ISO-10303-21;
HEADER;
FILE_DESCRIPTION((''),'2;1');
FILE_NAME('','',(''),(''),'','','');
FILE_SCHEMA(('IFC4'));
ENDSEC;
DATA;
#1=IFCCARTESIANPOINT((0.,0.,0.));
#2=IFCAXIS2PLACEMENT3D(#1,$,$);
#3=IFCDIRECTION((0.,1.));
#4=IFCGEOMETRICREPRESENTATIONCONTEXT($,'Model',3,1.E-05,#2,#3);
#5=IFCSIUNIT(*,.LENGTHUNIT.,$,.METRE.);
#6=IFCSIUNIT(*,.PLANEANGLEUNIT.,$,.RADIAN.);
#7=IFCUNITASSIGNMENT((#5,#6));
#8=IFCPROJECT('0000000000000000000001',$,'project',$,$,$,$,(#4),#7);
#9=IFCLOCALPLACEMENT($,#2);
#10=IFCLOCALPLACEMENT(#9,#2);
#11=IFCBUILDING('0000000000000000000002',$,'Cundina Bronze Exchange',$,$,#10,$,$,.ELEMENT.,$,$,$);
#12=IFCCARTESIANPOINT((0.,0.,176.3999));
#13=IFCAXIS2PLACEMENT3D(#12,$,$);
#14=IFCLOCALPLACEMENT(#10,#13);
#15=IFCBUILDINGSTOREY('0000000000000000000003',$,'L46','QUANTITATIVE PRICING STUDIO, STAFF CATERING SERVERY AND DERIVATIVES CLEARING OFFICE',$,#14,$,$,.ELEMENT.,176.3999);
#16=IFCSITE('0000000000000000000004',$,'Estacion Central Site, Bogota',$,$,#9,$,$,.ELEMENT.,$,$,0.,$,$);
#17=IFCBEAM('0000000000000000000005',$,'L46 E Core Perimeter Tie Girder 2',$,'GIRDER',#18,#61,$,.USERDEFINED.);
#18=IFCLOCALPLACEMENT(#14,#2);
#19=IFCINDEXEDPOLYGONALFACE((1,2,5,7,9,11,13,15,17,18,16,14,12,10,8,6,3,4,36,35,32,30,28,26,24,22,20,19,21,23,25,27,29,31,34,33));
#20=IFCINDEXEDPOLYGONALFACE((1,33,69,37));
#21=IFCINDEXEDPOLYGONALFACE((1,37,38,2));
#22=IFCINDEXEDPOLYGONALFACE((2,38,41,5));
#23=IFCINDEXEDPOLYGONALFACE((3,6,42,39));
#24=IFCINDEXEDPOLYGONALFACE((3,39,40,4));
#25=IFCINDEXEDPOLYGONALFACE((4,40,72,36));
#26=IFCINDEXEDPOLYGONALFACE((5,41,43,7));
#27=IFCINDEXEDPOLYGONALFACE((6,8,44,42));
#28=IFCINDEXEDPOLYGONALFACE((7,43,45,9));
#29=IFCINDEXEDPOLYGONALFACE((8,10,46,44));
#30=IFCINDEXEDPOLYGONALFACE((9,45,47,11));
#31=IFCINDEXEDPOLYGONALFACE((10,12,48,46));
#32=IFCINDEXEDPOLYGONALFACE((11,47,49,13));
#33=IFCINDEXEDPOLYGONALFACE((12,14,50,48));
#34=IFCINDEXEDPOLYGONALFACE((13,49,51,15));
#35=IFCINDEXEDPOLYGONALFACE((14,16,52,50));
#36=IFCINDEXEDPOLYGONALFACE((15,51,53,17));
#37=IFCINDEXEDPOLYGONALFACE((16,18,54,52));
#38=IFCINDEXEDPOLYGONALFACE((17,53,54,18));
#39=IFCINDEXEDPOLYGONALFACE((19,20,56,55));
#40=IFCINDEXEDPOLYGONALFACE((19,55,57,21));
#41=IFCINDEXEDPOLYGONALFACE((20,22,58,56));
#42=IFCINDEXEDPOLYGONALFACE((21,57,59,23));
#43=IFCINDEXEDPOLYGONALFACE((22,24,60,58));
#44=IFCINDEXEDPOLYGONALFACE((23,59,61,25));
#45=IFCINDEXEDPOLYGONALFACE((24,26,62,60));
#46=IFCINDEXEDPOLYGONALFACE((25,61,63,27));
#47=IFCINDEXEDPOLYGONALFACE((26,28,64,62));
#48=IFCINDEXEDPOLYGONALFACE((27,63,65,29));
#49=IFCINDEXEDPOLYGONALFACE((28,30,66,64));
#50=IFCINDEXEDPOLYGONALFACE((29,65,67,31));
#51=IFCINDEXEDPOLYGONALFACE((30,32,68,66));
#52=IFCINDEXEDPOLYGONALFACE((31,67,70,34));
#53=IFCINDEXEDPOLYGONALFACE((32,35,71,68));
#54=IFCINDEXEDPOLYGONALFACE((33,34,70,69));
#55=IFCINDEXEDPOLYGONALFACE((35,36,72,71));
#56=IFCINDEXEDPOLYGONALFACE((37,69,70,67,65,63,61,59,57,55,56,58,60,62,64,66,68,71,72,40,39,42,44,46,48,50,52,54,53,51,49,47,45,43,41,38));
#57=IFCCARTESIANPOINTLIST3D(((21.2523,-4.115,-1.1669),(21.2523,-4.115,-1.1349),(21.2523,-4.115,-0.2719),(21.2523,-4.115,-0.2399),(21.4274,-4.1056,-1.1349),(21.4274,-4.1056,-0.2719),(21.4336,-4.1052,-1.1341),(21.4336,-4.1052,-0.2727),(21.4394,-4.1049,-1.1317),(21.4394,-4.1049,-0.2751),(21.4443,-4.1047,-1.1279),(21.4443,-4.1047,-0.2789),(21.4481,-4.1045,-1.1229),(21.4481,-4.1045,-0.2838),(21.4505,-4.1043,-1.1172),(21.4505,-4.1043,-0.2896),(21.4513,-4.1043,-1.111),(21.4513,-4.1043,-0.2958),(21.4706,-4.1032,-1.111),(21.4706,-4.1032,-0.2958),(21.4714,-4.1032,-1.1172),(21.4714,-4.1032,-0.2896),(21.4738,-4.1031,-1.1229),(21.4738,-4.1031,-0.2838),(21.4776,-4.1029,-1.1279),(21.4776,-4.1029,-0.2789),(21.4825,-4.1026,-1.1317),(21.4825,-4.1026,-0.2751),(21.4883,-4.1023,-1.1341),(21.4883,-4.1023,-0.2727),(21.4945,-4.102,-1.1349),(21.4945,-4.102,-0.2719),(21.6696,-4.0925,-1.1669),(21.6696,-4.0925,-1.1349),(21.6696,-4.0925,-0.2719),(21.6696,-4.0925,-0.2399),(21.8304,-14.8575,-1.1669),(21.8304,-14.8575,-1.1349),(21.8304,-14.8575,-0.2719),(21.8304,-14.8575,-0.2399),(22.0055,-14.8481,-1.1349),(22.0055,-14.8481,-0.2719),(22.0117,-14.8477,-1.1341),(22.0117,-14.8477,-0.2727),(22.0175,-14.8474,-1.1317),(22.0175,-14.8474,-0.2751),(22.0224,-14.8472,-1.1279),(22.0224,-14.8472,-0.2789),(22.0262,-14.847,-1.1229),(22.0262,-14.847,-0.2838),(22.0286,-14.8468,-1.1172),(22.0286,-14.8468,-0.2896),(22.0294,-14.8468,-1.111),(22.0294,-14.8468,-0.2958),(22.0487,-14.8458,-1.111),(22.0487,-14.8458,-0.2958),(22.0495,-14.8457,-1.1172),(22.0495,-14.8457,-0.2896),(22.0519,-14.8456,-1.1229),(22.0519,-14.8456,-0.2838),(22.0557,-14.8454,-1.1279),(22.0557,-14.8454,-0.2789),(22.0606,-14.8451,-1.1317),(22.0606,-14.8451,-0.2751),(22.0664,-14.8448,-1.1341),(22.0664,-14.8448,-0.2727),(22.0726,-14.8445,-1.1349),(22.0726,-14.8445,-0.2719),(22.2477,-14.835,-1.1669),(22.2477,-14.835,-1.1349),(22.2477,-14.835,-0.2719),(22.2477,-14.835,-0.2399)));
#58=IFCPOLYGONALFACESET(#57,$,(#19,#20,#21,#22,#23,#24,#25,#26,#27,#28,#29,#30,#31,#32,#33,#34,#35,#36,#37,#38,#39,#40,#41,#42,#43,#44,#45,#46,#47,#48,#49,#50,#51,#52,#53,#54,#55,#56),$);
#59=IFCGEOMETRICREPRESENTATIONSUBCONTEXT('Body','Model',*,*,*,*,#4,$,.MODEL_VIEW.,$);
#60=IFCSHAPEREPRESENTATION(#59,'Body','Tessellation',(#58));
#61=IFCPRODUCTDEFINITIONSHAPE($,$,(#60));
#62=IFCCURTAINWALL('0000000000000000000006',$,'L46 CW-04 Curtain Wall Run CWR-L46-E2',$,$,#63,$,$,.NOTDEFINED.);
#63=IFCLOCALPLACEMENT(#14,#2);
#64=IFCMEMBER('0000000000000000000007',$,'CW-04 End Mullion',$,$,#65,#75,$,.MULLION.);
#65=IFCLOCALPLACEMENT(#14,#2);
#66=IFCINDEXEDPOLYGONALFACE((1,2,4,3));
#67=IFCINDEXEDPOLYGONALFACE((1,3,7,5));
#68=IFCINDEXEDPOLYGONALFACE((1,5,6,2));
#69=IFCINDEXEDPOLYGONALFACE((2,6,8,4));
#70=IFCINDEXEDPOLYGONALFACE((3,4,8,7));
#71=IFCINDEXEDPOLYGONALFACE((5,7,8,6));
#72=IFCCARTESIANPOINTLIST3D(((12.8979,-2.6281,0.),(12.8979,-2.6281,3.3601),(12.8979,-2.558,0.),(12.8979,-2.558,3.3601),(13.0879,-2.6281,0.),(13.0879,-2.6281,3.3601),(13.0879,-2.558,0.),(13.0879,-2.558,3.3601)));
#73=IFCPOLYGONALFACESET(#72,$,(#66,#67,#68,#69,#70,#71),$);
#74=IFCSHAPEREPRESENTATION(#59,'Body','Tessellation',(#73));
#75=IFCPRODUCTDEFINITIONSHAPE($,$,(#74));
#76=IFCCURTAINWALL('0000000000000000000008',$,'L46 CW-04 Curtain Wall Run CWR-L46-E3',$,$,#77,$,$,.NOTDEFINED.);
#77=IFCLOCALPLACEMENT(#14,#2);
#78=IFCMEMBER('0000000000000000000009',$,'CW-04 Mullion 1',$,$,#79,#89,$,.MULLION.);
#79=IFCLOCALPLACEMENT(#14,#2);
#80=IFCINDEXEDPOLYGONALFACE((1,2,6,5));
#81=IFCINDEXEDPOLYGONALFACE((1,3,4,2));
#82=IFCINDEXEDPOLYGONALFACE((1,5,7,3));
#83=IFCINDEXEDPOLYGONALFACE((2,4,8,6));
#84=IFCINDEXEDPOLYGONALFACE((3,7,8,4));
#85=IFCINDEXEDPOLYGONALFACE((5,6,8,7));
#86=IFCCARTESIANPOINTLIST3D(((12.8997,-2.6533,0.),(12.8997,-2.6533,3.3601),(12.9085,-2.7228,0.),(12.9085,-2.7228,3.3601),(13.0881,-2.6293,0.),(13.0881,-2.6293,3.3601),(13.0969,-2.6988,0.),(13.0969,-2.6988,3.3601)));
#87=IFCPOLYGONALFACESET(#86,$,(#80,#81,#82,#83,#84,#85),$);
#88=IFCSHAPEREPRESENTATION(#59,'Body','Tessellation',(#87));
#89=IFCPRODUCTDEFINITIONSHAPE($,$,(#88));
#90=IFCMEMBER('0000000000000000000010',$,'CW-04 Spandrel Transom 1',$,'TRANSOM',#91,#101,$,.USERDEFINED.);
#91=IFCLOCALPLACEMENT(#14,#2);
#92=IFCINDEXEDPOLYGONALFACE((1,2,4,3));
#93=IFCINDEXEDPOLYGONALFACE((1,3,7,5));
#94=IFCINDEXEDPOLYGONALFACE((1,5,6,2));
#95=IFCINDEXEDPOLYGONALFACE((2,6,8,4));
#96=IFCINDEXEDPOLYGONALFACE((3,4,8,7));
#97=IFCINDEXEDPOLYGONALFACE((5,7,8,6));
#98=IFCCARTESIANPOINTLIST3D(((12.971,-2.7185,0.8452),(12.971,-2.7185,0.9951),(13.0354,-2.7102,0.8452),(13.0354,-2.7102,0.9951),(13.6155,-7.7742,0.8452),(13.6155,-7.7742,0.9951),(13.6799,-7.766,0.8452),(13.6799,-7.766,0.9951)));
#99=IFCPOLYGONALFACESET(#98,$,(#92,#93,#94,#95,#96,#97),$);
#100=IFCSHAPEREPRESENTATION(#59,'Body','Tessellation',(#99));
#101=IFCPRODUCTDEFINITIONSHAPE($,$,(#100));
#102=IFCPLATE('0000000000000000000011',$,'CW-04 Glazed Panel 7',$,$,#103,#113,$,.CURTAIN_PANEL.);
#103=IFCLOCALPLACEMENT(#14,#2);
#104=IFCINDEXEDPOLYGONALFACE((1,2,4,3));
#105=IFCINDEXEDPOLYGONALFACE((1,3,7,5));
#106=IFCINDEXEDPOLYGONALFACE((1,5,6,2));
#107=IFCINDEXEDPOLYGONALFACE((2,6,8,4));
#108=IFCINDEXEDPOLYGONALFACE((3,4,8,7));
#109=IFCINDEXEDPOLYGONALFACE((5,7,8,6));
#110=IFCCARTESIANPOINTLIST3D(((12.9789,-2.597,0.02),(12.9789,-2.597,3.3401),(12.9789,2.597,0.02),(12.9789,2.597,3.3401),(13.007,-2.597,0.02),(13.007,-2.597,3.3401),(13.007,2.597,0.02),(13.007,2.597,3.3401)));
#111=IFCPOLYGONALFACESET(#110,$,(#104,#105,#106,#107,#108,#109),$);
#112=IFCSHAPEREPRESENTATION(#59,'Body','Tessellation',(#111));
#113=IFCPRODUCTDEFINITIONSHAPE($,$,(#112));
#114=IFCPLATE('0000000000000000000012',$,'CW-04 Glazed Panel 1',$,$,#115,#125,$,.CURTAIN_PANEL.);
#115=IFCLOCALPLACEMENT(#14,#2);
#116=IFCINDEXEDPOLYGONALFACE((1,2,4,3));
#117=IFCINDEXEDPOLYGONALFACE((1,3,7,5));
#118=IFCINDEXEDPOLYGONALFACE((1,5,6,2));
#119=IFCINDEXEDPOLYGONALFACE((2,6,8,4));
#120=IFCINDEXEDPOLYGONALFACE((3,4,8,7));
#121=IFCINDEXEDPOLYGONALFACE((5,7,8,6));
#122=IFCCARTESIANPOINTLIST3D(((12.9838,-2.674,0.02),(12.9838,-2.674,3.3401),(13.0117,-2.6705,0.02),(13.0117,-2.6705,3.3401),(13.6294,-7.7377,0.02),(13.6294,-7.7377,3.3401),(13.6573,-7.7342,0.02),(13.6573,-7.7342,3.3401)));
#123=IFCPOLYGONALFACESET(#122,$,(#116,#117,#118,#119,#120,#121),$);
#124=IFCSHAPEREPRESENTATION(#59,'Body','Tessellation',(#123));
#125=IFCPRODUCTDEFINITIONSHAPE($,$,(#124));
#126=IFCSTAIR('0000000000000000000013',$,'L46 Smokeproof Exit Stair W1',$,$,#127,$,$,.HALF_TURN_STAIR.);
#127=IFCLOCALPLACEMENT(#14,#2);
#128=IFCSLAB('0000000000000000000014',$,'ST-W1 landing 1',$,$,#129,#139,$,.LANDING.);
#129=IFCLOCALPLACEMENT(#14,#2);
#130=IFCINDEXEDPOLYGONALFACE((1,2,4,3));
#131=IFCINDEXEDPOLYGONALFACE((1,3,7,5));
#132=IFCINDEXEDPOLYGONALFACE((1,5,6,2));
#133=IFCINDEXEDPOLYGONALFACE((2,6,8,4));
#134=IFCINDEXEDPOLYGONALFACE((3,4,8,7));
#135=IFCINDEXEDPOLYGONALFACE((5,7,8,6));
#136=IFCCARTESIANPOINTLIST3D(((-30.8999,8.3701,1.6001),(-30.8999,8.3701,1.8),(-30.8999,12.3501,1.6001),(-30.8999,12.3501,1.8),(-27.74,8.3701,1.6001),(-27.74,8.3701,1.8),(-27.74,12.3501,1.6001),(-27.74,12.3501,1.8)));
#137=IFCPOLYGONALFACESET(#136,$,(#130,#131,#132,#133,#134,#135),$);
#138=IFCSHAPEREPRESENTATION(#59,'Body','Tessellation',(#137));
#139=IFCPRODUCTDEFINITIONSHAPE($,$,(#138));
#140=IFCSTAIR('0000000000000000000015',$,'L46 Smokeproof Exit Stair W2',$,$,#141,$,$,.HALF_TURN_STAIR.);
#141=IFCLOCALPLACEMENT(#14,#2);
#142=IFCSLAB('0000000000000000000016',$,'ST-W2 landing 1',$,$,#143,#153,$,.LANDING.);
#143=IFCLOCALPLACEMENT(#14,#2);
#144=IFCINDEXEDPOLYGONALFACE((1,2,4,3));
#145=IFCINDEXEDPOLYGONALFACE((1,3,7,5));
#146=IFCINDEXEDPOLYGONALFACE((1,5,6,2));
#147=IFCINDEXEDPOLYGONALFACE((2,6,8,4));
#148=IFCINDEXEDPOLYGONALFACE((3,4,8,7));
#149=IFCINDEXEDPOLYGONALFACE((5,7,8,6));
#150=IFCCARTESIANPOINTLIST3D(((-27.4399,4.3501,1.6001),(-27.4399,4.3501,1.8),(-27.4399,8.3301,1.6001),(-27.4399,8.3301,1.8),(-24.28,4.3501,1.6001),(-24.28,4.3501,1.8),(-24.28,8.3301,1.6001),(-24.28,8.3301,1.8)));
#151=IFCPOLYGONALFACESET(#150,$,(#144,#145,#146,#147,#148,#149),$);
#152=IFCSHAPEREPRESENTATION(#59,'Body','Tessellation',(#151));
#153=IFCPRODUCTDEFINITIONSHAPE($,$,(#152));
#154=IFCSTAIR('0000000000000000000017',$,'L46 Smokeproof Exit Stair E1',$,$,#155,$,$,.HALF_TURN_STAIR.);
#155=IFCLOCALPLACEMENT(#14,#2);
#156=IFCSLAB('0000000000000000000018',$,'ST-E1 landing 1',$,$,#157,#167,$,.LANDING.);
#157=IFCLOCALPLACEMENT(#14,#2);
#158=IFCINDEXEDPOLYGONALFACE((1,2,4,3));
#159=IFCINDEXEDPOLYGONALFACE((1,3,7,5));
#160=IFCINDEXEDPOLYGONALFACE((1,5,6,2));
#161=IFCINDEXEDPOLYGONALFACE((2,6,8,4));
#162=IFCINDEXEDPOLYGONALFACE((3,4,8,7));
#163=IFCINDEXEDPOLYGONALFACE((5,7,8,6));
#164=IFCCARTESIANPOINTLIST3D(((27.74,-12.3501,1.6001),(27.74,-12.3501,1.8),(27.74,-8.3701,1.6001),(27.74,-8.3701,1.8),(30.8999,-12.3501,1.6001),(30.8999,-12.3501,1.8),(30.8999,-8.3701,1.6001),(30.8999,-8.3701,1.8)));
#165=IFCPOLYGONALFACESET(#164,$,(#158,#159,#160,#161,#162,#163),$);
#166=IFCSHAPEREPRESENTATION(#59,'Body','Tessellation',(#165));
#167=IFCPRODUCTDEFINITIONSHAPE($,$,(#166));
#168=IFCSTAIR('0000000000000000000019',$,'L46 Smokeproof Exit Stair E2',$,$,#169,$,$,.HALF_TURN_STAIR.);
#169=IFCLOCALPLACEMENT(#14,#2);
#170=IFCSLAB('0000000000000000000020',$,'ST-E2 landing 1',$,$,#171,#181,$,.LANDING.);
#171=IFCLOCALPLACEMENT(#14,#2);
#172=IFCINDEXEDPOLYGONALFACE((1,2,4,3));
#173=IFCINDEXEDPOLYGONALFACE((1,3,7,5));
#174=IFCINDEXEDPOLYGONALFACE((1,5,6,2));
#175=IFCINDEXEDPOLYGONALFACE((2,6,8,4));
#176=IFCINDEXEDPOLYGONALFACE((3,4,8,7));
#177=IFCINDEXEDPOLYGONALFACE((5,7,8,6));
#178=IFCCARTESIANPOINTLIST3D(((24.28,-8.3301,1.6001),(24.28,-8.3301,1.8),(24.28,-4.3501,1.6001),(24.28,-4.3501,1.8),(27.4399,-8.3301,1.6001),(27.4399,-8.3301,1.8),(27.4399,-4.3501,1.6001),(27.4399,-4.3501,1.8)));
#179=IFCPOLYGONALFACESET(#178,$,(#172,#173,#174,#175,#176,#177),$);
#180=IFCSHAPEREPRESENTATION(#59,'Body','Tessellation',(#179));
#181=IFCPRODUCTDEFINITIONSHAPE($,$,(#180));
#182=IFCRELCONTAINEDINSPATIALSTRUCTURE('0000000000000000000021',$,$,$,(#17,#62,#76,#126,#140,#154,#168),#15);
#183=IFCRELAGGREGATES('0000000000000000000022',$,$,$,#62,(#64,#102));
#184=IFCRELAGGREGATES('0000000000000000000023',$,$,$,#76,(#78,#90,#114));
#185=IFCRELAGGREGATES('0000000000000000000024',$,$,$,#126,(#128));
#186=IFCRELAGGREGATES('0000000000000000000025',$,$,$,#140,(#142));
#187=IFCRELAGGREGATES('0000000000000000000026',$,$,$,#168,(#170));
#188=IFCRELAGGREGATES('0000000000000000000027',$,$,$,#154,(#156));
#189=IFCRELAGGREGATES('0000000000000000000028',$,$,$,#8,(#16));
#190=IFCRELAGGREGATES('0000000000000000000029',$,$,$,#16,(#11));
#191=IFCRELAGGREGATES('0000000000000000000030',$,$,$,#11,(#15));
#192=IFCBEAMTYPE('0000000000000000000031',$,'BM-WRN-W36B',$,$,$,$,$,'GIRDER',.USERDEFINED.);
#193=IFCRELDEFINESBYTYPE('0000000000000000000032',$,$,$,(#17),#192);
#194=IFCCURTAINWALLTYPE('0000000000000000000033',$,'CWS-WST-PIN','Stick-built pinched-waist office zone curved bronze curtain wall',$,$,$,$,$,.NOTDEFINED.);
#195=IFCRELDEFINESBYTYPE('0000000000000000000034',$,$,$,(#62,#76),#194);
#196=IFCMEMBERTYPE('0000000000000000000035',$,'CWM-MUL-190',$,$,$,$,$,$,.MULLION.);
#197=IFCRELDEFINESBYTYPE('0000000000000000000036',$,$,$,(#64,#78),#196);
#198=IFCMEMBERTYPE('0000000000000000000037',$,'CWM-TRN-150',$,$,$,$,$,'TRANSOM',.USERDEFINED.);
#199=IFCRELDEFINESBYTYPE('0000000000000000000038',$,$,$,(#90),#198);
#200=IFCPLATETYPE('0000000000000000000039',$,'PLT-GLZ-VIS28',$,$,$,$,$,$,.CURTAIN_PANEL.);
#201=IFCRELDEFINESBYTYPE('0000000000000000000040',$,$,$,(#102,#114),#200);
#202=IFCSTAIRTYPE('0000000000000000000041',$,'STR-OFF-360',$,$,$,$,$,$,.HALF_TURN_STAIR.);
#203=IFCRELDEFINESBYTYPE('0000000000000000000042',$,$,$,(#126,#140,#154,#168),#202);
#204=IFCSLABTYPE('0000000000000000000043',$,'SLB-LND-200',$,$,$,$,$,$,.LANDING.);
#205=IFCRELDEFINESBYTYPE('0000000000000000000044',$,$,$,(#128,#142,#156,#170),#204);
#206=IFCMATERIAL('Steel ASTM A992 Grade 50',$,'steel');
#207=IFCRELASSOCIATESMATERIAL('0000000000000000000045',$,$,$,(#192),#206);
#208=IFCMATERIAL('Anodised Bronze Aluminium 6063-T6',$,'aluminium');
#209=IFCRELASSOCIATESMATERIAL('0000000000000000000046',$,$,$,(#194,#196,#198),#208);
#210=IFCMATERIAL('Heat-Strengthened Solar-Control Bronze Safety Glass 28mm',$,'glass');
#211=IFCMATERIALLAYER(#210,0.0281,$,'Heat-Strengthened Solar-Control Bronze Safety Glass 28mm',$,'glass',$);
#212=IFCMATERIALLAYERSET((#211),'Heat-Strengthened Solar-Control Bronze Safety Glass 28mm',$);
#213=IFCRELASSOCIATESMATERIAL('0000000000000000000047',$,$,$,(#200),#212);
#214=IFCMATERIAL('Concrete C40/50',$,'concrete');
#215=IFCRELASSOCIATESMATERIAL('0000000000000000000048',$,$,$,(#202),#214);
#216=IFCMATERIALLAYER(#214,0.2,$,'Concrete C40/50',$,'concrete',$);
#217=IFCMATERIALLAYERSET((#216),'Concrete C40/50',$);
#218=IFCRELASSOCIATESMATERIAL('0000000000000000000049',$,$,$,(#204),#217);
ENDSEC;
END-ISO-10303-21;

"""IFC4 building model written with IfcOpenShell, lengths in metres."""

from ifc_helpers import new_model, si_unit, direction, frame, origin, origin_2d, place, context, subcontext, project, spatial, polyline, rectangle, i_section, outline, extrude, material, layer, layer_set, material_profile, profile_set, type_object, element, aggregate, save


model = new_model("IFC4")

# Units and contexts
model_context = context("Model", 3, precision=1e-05, world=origin(), true_north=direction((0.0, 1.0)))
body_context = subcontext(model_context, "Body", "Model", "MODEL_VIEW")
ifc_project = project(units=[si_unit("LENGTHUNIT", "METRE"), si_unit("PLANEANGLEUNIT", "RADIAN")], contexts=[model_context])

# Site, building, storey
site_placement = place(None, origin())
site = spatial("IfcSite", under=ifc_project, at=site_placement, Name="Estacion Central Site, Bogota", CompositionType="ELEMENT", RefElevation=0.0)
building_placement = place(site_placement, origin())
building = spatial("IfcBuilding", under=site, at=building_placement, Name="Cundina Bronze Exchange", CompositionType="ELEMENT")
storey_placement = place(building_placement, frame((0.0, 0.0, 176.3999)))
storey = spatial("IfcBuildingStorey", under=building, at=storey_placement, Name="L46", Description="QUANTITATIVE PRICING STUDIO, STAFF CATERING SERVERY AND DERIVATIVES CLEARING OFFICE", CompositionType="ELEMENT", Elevation=176.3999)

# Shared definitions
ifc_material_1 = material(Name="Steel ASTM A992 Grade 50", Category="steel")

# Beam
ifc_material_profile_1 = material_profile(ifc_material_1, i_section(OverallWidth=0.418, OverallDepth=0.927, WebThickness=0.0193, FlangeThickness=0.032, FilletRadius=0.0239, at=origin_2d()), Name="W36X231", Category="steel")
ifc_profile_set_1 = profile_set([ifc_material_profile_1], Name="Steel ASTM A992 Grade 50")
beam_type_1 = type_object("IfcBeamType", Name="BM-WRN-W36B", ElementType="GIRDER", PredefinedType="USERDEFINED", material=ifc_profile_set_1)
beam_1_placement = place(storey_placement, frame((21.4609, -4.1038, -0.7034), z_axis=(0.053739, -0.998555, 0.0), x_axis=(0.998555, 0.053739, 0.0)))
element("IfcBeam", 1, at=beam_1_placement, inside=storey, type_object=beam_type_1, Name="L46 E Core Perimeter Tie Girder 2", ObjectType="GIRDER", PredefinedType="USERDEFINED", context=body_context, shape_type="SweptSolid", body=[
    extrude(i_section(OverallWidth=0.418, OverallDepth=0.927, WebThickness=0.0193, FlangeThickness=0.032, FilletRadius=0.0239, at=origin_2d()), origin(), (0.0, 0.0, 1.0), 10.7581),
])

# Curtain wall, member
ifc_material_2 = material(Name="Anodised Bronze Aluminium 6063-T6", Category="aluminium")
curtain_wall_type = type_object("IfcCurtainWallType", Name="CWS-WST-PIN", Description="Stick-built pinched-waist office zone curved bronze curtain wall", PredefinedType="NOTDEFINED", material=ifc_material_2)
curtain_wall_1_placement = place(storey_placement, origin())
curtain_wall_1 = element("IfcCurtainWall", 2, at=curtain_wall_1_placement, inside=storey, type_object=curtain_wall_type, Name="L46 CW-04 Curtain Wall Run CWR-L46-E2", PredefinedType="NOTDEFINED")
ifc_material_profile_2 = material_profile(ifc_material_2, rectangle(XDim=0.0701, YDim=0.1899, at=origin_2d()), Name="AL70X190", Category="aluminium")
ifc_profile_set_2 = profile_set([ifc_material_profile_2], Name="Anodised Bronze Aluminium 6063-T6")
member_type_1 = type_object("IfcMemberType", Name="CWM-MUL-190", PredefinedType="MULLION", material=ifc_profile_set_2)
member_1_placement = place(storey_placement, frame((12.9929, -2.593, 0.0), z_axis=(0.0, 0.0, 1.0), x_axis=(0.0, -1.0, 0.0)))
member_1 = element("IfcMember", 3, at=member_1_placement, type_object=member_type_1, Name="CW-04 End Mullion", PredefinedType="MULLION", context=body_context, shape_type="SweptSolid", body=[
    extrude(rectangle(XDim=0.0701, YDim=0.1899, at=origin_2d()), origin(), (0.0, 0.0, 1.0), 3.3601),
])

# Curtain wall, members
curtain_wall_2_placement = place(storey_placement, origin())
curtain_wall_2 = element("IfcCurtainWall", 4, at=curtain_wall_2_placement, inside=storey, type_object=curtain_wall_type, Name="L46 CW-04 Curtain Wall Run CWR-L46-E3", PredefinedType="NOTDEFINED")
member_2_placement = place(storey_placement, frame((12.9983, -2.676, 0.0), z_axis=(0.0, 0.0, 1.0), x_axis=(0.126545, -0.991961, 0.0)))
member_2 = element("IfcMember", 5, at=member_2_placement, type_object=member_type_1, Name="CW-04 Mullion 1", PredefinedType="MULLION", context=body_context, shape_type="SweptSolid", body=[
    extrude(rectangle(XDim=0.0701, YDim=0.1899, at=origin_2d()), origin(), (0.0, 0.0, 1.0), 3.3601),
])
ifc_material_profile_3 = material_profile(ifc_material_2, rectangle(XDim=0.0649, YDim=0.1499, at=origin_2d()), Name="AL65X150", Category="aluminium")
ifc_profile_set_3 = profile_set([ifc_material_profile_3], Name="Anodised Bronze Aluminium 6063-T6")
member_type_2 = type_object("IfcMemberType", Name="CWM-TRN-150", ElementType="TRANSOM", PredefinedType="USERDEFINED", material=ifc_profile_set_3)
member_3_placement = place(storey_placement, frame((13.0032, -2.7144, 0.9202), z_axis=(0.126463, -0.991971, 0.0), x_axis=(0.991971, 0.126463, 0.0)))
member_3 = element("IfcMember", 6, at=member_3_placement, type_object=member_type_2, Name="CW-04 Spandrel Transom 1", ObjectType="TRANSOM", PredefinedType="USERDEFINED", context=body_context, shape_type="SweptSolid", body=[
    extrude(rectangle(XDim=0.0649, YDim=0.1499, at=origin_2d()), origin(), (0.0, 0.0, 1.0), 5.0967),
])

# Plates
ifc_material_3 = material(Name="Heat-Strengthened Solar-Control Bronze Safety Glass 28mm", Category="glass")
ifc_layer_1 = layer(ifc_material_3, 0.0281, Name="Heat-Strengthened Solar-Control Bronze Safety Glass 28mm", Category="glass")
ifc_layer_set_1 = layer_set([ifc_layer_1], Name="Heat-Strengthened Solar-Control Bronze Safety Glass 28mm")
plate_type = type_object("IfcPlateType", Name="PLT-GLZ-VIS28", PredefinedType="CURTAIN_PANEL", material=ifc_layer_set_1)
plate_1_placement = place(storey_placement, frame((12.9929, 0.0, 0.02), z_axis=(0.0, 0.0, 1.0), x_axis=(0.0, -1.0, 0.0)))
plate_1 = element("IfcPlate", 7, at=plate_1_placement, type_object=plate_type, Name="CW-04 Glazed Panel 7", PredefinedType="CURTAIN_PANEL", context=body_context, shape_type="SweptSolid", body=[
    extrude(rectangle(XDim=5.1941, YDim=0.0281, at=origin_2d()), origin(), (0.0, 0.0, 1.0), 3.3201),
])
aggregate(curtain_wall_1, [member_1, plate_1])
plate_2_placement = place(storey_placement, frame((13.3206, -5.2041, 0.02), z_axis=(0.0, 0.0, 1.0), x_axis=(0.126476, -0.99197, 0.0)))
plate_2 = element("IfcPlate", 8, at=plate_2_placement, type_object=plate_type, Name="CW-04 Glazed Panel 1", PredefinedType="CURTAIN_PANEL", context=body_context, shape_type="SweptSolid", body=[
    extrude(rectangle(XDim=5.1047, YDim=0.0281, at=origin_2d()), origin(), (0.0, 0.0, 1.0), 3.3201),
])
aggregate(curtain_wall_2, [member_2, member_3, plate_2])

# Stairs, slabs
ifc_material_4 = material(Name="Concrete C40/50", Category="concrete")
stair_type = type_object("IfcStairType", Name="STR-OFF-360", PredefinedType="HALF_TURN_STAIR", material=ifc_material_4)
stair_1_placement = place(storey_placement, origin())
stair_1 = element("IfcStair", 9, at=stair_1_placement, inside=storey, type_object=stair_type, Name="L46 Smokeproof Exit Stair W1", PredefinedType="HALF_TURN_STAIR")
ifc_layer_2 = layer(ifc_material_4, 0.2, Name="Concrete C40/50", Category="concrete")
ifc_layer_set_2 = layer_set([ifc_layer_2], Name="Concrete C40/50")
slab_type = type_object("IfcSlabType", Name="SLB-LND-200", PredefinedType="LANDING", material=ifc_layer_set_2)
slab_1_placement = place(storey_placement, frame((0.0, 0.0, 1.6001)))
slab_1 = element("IfcSlab", 10, at=slab_1_placement, type_object=slab_type, Name="ST-W1 landing 1", PredefinedType="LANDING", context=body_context, shape_type="SweptSolid", body=[
    extrude(outline(polyline([(-27.74, 8.3701), (-27.74, 12.3501), (-30.8999, 12.3501), (-30.8999, 8.3701), (-27.74, 8.3701)])), origin(), (0.0, 0.0, 1.0), 0.2),
])
aggregate(stair_1, [slab_1])
stair_2_placement = place(storey_placement, origin())
stair_2 = element("IfcStair", 11, at=stair_2_placement, inside=storey, type_object=stair_type, Name="L46 Smokeproof Exit Stair W2", PredefinedType="HALF_TURN_STAIR")
slab_2_placement = place(storey_placement, frame((0.0, 0.0, 1.6001)))
slab_2 = element("IfcSlab", 12, at=slab_2_placement, type_object=slab_type, Name="ST-W2 landing 1", PredefinedType="LANDING", context=body_context, shape_type="SweptSolid", body=[
    extrude(outline(polyline([(-27.4399, 8.3301), (-27.4399, 4.3501), (-24.28, 4.3501), (-24.28, 8.3301), (-27.4399, 8.3301)])), origin(), (0.0, 0.0, 1.0), 0.2),
])
aggregate(stair_2, [slab_2])
stair_3_placement = place(storey_placement, origin())
stair_3 = element("IfcStair", 13, at=stair_3_placement, inside=storey, type_object=stair_type, Name="L46 Smokeproof Exit Stair E1", PredefinedType="HALF_TURN_STAIR")
slab_3_placement = place(storey_placement, frame((0.0, 0.0, 1.6001)))
slab_3 = element("IfcSlab", 14, at=slab_3_placement, type_object=slab_type, Name="ST-E1 landing 1", PredefinedType="LANDING", context=body_context, shape_type="SweptSolid", body=[
    extrude(outline(polyline([(27.74, -8.3701), (27.74, -12.3501), (30.8999, -12.3501), (30.8999, -8.3701), (27.74, -8.3701)])), origin(), (0.0, 0.0, 1.0), 0.2),
])
stair_4_placement = place(storey_placement, origin())
stair_4 = element("IfcStair", 15, at=stair_4_placement, inside=storey, type_object=stair_type, Name="L46 Smokeproof Exit Stair E2", PredefinedType="HALF_TURN_STAIR")
slab_4_placement = place(storey_placement, frame((0.0, 0.0, 1.6001)))
slab_4 = element("IfcSlab", 16, at=slab_4_placement, type_object=slab_type, Name="ST-E2 landing 1", PredefinedType="LANDING", context=body_context, shape_type="SweptSolid", body=[
    extrude(outline(polyline([(27.4399, -8.3301), (27.4399, -4.3501), (24.28, -4.3501), (24.28, -8.3301), (27.4399, -8.3301)])), origin(), (0.0, 0.0, 1.0), 0.2),
])
aggregate(stair_4, [slab_4])

aggregate(stair_3, [slab_3])

save(model, "model.ifc")
